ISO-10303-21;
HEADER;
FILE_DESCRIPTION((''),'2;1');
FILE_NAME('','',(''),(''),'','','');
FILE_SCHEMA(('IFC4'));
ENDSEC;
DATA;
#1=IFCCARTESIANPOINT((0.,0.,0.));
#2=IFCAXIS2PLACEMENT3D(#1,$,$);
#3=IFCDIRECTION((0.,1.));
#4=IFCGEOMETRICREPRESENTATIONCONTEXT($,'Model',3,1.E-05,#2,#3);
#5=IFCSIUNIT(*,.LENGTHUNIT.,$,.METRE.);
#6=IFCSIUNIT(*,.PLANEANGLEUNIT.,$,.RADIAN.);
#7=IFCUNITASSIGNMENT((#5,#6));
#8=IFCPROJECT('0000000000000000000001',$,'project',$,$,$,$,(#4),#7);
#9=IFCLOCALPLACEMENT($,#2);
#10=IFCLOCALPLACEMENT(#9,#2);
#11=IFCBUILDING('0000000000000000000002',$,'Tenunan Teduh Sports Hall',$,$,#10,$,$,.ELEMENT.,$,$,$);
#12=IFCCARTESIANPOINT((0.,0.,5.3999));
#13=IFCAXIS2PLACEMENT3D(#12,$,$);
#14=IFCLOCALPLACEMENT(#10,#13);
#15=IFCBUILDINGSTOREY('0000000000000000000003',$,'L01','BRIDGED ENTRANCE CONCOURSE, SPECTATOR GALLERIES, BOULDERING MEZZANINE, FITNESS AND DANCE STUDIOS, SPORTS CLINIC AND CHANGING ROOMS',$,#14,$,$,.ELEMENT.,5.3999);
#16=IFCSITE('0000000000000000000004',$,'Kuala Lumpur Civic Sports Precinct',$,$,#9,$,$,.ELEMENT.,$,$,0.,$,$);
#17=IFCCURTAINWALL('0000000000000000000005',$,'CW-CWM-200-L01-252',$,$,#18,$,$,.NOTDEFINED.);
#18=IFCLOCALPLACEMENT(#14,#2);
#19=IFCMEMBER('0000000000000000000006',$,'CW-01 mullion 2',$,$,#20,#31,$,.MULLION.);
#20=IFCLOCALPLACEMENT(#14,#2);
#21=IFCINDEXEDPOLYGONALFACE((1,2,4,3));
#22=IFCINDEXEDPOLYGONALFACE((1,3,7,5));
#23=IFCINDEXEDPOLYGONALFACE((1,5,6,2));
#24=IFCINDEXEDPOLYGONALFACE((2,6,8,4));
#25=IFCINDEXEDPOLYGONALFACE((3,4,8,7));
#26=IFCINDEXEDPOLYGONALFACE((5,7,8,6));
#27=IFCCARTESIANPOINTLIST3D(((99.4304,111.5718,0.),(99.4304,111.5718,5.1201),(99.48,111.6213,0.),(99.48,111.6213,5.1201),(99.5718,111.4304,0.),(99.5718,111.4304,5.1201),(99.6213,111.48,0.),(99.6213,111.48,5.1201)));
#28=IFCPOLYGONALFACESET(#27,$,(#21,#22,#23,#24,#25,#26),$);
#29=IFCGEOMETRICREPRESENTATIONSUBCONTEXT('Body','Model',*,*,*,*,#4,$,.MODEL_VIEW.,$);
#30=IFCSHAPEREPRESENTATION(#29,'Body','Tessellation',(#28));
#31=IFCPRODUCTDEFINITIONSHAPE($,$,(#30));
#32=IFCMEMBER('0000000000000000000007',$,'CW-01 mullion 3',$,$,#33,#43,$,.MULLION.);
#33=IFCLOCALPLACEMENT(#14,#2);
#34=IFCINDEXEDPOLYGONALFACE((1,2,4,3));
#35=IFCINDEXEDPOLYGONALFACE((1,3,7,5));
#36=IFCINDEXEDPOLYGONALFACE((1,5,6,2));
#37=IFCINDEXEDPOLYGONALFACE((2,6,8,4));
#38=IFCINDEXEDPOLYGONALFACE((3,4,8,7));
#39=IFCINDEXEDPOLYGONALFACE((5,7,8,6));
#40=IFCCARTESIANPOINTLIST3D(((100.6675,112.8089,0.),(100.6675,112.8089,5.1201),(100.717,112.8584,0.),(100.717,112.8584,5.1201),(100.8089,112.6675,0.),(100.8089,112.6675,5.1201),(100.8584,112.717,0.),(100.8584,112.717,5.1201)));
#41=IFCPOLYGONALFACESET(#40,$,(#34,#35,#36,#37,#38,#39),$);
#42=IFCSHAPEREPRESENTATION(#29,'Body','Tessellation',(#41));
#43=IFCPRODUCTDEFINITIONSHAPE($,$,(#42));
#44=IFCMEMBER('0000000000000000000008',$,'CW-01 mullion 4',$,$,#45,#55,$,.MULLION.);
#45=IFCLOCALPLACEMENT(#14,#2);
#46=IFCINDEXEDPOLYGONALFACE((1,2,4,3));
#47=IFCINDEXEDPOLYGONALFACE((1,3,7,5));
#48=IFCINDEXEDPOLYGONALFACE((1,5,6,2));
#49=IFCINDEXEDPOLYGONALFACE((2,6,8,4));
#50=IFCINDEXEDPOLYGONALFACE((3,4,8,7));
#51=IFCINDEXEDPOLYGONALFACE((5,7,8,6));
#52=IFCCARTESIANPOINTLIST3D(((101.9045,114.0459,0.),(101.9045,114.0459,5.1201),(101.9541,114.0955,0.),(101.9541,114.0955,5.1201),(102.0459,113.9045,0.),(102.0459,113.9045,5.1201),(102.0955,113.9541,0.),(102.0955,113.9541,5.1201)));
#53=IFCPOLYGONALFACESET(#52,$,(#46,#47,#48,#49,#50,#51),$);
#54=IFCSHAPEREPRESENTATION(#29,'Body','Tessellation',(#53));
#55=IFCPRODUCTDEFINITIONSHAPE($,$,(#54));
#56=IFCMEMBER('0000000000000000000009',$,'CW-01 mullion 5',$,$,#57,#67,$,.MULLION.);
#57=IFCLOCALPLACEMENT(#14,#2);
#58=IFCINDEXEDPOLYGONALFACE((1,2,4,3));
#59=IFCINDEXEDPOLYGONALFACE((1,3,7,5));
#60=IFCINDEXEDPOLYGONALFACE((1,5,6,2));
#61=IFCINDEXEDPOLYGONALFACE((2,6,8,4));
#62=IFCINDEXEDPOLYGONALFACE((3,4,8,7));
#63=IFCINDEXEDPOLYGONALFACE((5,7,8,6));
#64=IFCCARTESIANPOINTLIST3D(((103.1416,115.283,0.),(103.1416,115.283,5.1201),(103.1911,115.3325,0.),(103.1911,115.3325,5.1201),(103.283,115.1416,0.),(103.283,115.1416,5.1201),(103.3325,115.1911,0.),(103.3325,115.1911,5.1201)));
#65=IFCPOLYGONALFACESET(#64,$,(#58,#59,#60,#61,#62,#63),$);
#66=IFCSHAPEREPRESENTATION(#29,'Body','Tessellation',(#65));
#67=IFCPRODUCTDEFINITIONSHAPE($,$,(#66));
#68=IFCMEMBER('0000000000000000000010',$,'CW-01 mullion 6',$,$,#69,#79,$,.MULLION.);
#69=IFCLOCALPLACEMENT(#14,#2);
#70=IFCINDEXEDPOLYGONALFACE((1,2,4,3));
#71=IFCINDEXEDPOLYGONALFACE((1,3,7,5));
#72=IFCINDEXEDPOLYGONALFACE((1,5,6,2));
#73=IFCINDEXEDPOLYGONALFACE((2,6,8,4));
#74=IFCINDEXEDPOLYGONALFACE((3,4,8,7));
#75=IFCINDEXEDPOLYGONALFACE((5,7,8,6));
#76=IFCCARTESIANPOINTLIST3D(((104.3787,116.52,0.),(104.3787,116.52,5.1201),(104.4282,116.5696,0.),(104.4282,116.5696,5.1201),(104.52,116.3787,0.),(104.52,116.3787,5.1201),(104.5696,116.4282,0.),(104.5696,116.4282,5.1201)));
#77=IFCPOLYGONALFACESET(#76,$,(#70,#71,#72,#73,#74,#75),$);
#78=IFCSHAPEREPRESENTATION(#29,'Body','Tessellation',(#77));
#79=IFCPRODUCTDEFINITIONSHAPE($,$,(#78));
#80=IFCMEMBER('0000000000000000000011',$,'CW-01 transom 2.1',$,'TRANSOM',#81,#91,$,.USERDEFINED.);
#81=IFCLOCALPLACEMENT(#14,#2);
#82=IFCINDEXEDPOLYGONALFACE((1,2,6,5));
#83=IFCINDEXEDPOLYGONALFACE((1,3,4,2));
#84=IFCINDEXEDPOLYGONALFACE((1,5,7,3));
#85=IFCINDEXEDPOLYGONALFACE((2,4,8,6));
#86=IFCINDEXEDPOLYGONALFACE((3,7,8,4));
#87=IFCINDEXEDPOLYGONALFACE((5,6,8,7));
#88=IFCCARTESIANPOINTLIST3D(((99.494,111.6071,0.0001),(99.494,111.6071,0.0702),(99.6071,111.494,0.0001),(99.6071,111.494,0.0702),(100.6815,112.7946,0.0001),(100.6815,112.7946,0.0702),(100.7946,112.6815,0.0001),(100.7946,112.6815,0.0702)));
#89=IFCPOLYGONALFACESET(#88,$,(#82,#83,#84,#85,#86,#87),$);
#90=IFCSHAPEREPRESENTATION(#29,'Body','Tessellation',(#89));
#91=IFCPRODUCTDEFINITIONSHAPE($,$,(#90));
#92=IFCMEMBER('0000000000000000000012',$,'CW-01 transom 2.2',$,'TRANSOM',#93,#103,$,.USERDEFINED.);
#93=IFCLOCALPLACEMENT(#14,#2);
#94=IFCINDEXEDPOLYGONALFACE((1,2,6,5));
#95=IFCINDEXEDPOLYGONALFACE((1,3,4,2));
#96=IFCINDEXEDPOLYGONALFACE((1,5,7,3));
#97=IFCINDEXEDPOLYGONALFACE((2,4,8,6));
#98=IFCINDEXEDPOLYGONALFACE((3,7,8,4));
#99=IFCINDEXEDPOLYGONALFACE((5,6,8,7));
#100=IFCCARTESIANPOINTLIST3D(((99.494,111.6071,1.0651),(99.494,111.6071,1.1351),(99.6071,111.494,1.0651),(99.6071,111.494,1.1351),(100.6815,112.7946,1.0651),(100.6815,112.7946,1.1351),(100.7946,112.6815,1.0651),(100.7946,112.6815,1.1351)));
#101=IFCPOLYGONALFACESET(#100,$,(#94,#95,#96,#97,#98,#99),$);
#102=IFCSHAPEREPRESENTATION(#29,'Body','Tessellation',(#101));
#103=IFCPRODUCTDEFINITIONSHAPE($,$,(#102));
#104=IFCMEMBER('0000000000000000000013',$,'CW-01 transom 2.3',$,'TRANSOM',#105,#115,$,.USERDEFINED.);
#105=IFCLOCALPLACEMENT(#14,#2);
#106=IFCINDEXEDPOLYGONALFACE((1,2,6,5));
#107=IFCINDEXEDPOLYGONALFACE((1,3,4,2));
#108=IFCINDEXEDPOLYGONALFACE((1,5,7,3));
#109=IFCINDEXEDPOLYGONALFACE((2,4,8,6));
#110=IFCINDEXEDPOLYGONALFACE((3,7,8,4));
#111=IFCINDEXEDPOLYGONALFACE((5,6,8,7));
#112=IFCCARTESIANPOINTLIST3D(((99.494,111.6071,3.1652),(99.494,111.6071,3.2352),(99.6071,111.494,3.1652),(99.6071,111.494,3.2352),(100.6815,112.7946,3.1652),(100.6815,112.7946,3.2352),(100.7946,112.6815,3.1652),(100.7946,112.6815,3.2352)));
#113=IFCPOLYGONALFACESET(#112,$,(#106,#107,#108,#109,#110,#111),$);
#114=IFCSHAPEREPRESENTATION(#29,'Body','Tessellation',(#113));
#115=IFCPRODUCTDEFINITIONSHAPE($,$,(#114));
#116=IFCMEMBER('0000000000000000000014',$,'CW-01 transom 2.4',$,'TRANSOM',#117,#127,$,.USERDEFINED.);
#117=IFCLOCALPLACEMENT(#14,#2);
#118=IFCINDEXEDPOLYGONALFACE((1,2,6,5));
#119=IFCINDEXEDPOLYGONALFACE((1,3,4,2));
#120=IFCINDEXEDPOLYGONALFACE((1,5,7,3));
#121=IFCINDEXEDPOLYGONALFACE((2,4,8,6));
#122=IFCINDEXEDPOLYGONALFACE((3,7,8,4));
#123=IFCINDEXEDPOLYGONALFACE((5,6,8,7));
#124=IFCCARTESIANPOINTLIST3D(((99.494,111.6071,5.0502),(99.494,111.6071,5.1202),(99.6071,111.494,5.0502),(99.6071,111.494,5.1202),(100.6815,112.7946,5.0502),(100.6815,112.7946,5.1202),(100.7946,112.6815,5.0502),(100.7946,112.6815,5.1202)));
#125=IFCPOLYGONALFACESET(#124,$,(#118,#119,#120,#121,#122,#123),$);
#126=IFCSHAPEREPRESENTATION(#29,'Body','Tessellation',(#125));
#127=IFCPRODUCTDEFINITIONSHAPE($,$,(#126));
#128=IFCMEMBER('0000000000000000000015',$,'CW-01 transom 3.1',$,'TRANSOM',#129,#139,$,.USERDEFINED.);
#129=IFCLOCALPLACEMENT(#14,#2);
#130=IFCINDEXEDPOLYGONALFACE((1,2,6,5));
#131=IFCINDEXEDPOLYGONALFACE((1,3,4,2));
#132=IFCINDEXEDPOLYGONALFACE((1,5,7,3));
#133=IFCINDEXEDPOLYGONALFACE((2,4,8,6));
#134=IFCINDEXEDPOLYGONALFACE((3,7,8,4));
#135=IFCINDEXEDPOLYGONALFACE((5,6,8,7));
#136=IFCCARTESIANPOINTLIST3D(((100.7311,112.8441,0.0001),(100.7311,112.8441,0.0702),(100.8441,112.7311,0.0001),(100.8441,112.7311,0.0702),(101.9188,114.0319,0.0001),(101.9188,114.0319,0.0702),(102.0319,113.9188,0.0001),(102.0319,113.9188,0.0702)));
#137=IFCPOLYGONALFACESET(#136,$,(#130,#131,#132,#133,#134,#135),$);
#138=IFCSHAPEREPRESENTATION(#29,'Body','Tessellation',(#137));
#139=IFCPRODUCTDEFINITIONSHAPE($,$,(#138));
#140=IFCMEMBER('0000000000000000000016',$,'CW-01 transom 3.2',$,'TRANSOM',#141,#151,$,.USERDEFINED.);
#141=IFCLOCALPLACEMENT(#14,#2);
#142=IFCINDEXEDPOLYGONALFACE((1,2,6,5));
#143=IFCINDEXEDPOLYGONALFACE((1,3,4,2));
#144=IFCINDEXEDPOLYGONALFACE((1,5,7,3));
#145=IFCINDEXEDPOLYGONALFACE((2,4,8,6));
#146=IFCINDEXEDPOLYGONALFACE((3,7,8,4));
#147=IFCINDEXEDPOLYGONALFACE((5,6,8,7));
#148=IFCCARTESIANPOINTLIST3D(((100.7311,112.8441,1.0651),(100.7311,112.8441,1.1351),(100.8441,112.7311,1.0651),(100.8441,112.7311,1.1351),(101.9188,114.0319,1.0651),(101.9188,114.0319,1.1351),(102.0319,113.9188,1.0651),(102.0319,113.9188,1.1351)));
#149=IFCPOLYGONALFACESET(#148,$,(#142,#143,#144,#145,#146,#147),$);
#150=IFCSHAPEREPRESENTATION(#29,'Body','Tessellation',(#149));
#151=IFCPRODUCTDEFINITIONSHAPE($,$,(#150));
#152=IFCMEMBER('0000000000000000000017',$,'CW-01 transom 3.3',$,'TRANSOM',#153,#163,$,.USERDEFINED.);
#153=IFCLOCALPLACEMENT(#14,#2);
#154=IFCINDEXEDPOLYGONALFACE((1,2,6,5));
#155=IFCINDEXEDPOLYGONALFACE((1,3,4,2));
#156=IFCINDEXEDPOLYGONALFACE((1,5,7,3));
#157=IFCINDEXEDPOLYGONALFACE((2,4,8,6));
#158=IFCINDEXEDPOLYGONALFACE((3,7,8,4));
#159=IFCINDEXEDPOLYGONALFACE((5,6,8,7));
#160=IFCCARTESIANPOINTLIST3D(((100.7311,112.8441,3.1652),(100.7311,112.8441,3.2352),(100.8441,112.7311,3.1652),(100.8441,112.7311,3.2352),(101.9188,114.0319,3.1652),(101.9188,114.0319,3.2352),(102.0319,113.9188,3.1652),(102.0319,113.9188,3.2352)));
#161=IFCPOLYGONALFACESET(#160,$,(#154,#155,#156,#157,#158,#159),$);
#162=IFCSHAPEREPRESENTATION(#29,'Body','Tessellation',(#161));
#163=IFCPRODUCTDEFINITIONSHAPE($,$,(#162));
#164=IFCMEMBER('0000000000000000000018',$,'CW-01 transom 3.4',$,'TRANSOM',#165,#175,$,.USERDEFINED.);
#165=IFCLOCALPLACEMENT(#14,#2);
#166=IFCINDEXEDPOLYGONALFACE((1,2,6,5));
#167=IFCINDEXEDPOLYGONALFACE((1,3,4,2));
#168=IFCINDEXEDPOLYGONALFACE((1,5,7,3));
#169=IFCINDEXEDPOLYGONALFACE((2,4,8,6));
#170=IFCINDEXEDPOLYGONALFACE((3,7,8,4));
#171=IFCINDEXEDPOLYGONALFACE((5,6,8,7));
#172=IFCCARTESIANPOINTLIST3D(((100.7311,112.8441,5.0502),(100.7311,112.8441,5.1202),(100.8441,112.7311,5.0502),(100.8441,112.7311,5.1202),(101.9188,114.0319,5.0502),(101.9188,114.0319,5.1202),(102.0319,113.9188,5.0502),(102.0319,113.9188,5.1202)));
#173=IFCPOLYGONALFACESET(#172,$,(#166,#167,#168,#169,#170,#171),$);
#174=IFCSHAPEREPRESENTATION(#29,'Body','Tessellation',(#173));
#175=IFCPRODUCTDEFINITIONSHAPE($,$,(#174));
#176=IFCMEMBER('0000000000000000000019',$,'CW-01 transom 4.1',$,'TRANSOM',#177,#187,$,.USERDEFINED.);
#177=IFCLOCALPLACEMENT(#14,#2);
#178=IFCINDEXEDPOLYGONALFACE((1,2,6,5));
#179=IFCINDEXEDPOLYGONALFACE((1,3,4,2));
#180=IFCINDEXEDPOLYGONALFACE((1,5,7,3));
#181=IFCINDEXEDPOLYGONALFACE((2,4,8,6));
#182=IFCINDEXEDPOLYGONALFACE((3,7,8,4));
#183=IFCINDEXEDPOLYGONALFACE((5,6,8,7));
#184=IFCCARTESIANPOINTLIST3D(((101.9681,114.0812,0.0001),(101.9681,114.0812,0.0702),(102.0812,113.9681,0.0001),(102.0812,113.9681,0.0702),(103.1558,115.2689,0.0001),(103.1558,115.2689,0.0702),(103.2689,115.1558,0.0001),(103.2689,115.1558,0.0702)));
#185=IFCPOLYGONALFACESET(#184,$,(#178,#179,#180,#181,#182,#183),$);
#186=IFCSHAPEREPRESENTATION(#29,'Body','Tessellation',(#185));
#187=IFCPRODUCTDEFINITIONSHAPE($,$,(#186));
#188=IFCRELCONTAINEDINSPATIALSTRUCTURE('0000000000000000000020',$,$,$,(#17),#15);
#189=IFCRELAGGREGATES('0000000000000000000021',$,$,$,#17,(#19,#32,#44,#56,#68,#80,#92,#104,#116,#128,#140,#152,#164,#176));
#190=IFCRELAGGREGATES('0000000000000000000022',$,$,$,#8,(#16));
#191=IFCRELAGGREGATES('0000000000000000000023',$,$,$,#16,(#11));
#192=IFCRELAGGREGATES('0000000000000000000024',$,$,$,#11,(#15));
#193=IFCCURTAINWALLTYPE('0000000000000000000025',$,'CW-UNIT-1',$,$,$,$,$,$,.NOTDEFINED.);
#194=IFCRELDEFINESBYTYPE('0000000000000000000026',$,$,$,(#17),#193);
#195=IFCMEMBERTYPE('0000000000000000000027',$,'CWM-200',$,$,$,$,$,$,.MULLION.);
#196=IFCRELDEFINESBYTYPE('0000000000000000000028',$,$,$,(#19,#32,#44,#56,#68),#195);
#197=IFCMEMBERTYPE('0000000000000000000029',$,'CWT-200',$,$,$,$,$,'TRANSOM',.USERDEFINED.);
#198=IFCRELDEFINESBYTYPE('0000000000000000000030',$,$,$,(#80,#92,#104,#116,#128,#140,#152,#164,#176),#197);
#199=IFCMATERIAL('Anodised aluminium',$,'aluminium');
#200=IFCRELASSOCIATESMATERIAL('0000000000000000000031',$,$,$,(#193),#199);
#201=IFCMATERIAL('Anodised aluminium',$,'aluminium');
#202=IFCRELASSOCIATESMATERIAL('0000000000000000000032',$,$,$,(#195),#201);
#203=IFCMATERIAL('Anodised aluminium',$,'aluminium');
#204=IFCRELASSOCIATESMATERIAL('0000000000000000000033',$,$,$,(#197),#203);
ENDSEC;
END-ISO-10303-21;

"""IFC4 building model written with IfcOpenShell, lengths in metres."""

from ifc_helpers import new_model, si_unit, direction, frame, origin, origin_2d, place, context, subcontext, project, spatial, rectangle, extrude, material, material_profile, profile_set, type_object, element, aggregate, save


model = new_model("IFC4")

# Units and contexts
model_context = context("Model", 3, precision=1e-05, world=origin(), true_north=direction((0.0, 1.0)))
body_context = subcontext(model_context, "Body", "Model", "MODEL_VIEW")
ifc_project = project(units=[si_unit("LENGTHUNIT", "METRE"), si_unit("PLANEANGLEUNIT", "RADIAN")], contexts=[model_context])

# Site, building, storey
site_placement = place(None, origin())
site = spatial("IfcSite", under=ifc_project, at=site_placement, Name="Kuala Lumpur Civic Sports Precinct", CompositionType="ELEMENT", RefElevation=0.0)
building_placement = place(site_placement, origin())
building = spatial("IfcBuilding", under=site, at=building_placement, Name="Tenunan Teduh Sports Hall", CompositionType="ELEMENT")
storey_placement = place(building_placement, frame((0.0, 0.0, 5.3999)))
storey = spatial("IfcBuildingStorey", under=building, at=storey_placement, Name="L01", Description="BRIDGED ENTRANCE CONCOURSE, SPECTATOR GALLERIES, BOULDERING MEZZANINE, FITNESS AND DANCE STUDIOS, SPORTS CLINIC AND CHANGING ROOMS", CompositionType="ELEMENT", Elevation=5.3999)

# Curtain wall, members
ifc_material_1 = material(Name="Anodised aluminium", Category="aluminium")
curtain_wall_type = type_object("IfcCurtainWallType", Name="CW-UNIT-1", PredefinedType="NOTDEFINED", material=ifc_material_1)
curtain_wall_placement = place(storey_placement, origin())
curtain_wall = element("IfcCurtainWall", 1, at=curtain_wall_placement, inside=storey, type_object=curtain_wall_type, Name="CW-CWM-200-L01-252", PredefinedType="NOTDEFINED")
ifc_material_2 = material(Name="Anodised aluminium", Category="aluminium")
ifc_material_profile_1 = material_profile(ifc_material_2, rectangle(XDim=0.0701, YDim=0.2, at=origin_2d()), Name="CWM 70x200")
ifc_profile_set_1 = profile_set([ifc_material_profile_1], Name="Anodised aluminium")
member_type_1 = type_object("IfcMemberType", Name="CWM-200", PredefinedType="MULLION", material=ifc_profile_set_1)
member_1_placement = place(storey_placement, frame((99.5259, 111.5259, 0.0), z_axis=(0.0, 0.0, 1.0), x_axis=(0.707107, 0.707107, 0.0)))
member_1 = element("IfcMember", 2, at=member_1_placement, type_object=member_type_1, Name="CW-01 mullion 2", PredefinedType="MULLION", context=body_context, shape_type="SweptSolid", body=[
    extrude(rectangle(XDim=0.0701, YDim=0.2, at=origin_2d()), origin(), (0.0, 0.0, 1.0), 5.1201),
])
member_2_placement = place(storey_placement, frame((100.7629, 112.7629, 0.0), z_axis=(0.0, 0.0, 1.0), x_axis=(0.707107, 0.707107, 0.0)))
member_2 = element("IfcMember", 3, at=member_2_placement, type_object=member_type_1, Name="CW-01 mullion 3", PredefinedType="MULLION", context=body_context, shape_type="SweptSolid", body=[
    extrude(rectangle(XDim=0.0701, YDim=0.2, at=origin_2d()), origin(), (0.0, 0.0, 1.0), 5.1201),
])
member_3_placement = place(storey_placement, frame((102.0, 114.0, 0.0), z_axis=(0.0, 0.0, 1.0), x_axis=(0.707107, 0.707107, 0.0)))
member_3 = element("IfcMember", 4, at=member_3_placement, type_object=member_type_1, Name="CW-01 mullion 4", PredefinedType="MULLION", context=body_context, shape_type="SweptSolid", body=[
    extrude(rectangle(XDim=0.0701, YDim=0.2, at=origin_2d()), origin(), (0.0, 0.0, 1.0), 5.1201),
])
member_4_placement = place(storey_placement, frame((103.2371, 115.2371, 0.0), z_axis=(0.0, 0.0, 1.0), x_axis=(0.707107, 0.707107, 0.0)))
member_4 = element("IfcMember", 5, at=member_4_placement, type_object=member_type_1, Name="CW-01 mullion 5", PredefinedType="MULLION", context=body_context, shape_type="SweptSolid", body=[
    extrude(rectangle(XDim=0.0701, YDim=0.2, at=origin_2d()), origin(), (0.0, 0.0, 1.0), 5.1201),
])
member_5_placement = place(storey_placement, frame((104.4741, 116.4741, 0.0), z_axis=(0.0, 0.0, 1.0), x_axis=(0.707107, 0.707107, 0.0)))
member_5 = element("IfcMember", 6, at=member_5_placement, type_object=member_type_1, Name="CW-01 mullion 6", PredefinedType="MULLION", context=body_context, shape_type="SweptSolid", body=[
    extrude(rectangle(XDim=0.0701, YDim=0.2, at=origin_2d()), origin(), (0.0, 0.0, 1.0), 5.1201),
])
ifc_material_3 = material(Name="Anodised aluminium", Category="aluminium")
ifc_material_profile_2 = material_profile(ifc_material_3, rectangle(XDim=0.0701, YDim=0.1599, at=origin_2d()), Name="CWT 70x160")
ifc_profile_set_2 = profile_set([ifc_material_profile_2], Name="Anodised aluminium")
member_type_2 = type_object("IfcMemberType", Name="CWT-200", ElementType="TRANSOM", PredefinedType="USERDEFINED", material=ifc_profile_set_2)
member_6_placement = place(storey_placement, frame((99.5505, 111.5505, 0.0352), z_axis=(0.707107, 0.707107, 0.0), x_axis=(0.0, 0.0, 1.0)))
member_6 = element("IfcMember", 7, at=member_6_placement, type_object=member_type_2, Name="CW-01 transom 2.1", ObjectType="TRANSOM", PredefinedType="USERDEFINED", context=body_context, shape_type="SweptSolid", body=[
    extrude(rectangle(XDim=0.0701, YDim=0.1599, at=origin_2d()), origin(), (0.0, 0.0, 1.0), 1.6794),
])
member_7_placement = place(storey_placement, frame((99.5505, 111.5505, 1.1001), z_axis=(0.707107, 0.707107, 0.0), x_axis=(0.0, 0.0, 1.0)))
member_7 = element("IfcMember", 8, at=member_7_placement, type_object=member_type_2, Name="CW-01 transom 2.2", ObjectType="TRANSOM", PredefinedType="USERDEFINED", context=body_context, shape_type="SweptSolid", body=[
    extrude(rectangle(XDim=0.0701, YDim=0.1599, at=origin_2d()), origin(), (0.0, 0.0, 1.0), 1.6794),
])
member_8_placement = place(storey_placement, frame((99.5505, 111.5505, 3.2002), z_axis=(0.707107, 0.707107, 0.0), x_axis=(0.0, 0.0, 1.0)))
member_8 = element("IfcMember", 9, at=member_8_placement, type_object=member_type_2, Name="CW-01 transom 2.3", ObjectType="TRANSOM", PredefinedType="USERDEFINED", context=body_context, shape_type="SweptSolid", body=[
    extrude(rectangle(XDim=0.0701, YDim=0.1599, at=origin_2d()), origin(), (0.0, 0.0, 1.0), 1.6794),
])
member_9_placement = place(storey_placement, frame((99.5505, 111.5505, 5.0852), z_axis=(0.707107, 0.707107, 0.0), x_axis=(0.0, 0.0, 1.0)))
member_9 = element("IfcMember", 10, at=member_9_placement, type_object=member_type_2, Name="CW-01 transom 2.4", ObjectType="TRANSOM", PredefinedType="USERDEFINED", context=body_context, shape_type="SweptSolid", body=[
    extrude(rectangle(XDim=0.0701, YDim=0.1599, at=origin_2d()), origin(), (0.0, 0.0, 1.0), 1.6794),
])
member_10_placement = place(storey_placement, frame((100.7876, 112.7876, 0.0352), z_axis=(0.707107, 0.707107, 0.0), x_axis=(0.0, 0.0, 1.0)))
member_10 = element("IfcMember", 11, at=member_10_placement, type_object=member_type_2, Name="CW-01 transom 3.1", ObjectType="TRANSOM", PredefinedType="USERDEFINED", context=body_context, shape_type="SweptSolid", body=[
    extrude(rectangle(XDim=0.0701, YDim=0.1599, at=origin_2d()), origin(), (0.0, 0.0, 1.0), 1.6797),
])
member_11_placement = place(storey_placement, frame((100.7876, 112.7876, 1.1001), z_axis=(0.707107, 0.707107, 0.0), x_axis=(0.0, 0.0, 1.0)))
member_11 = element("IfcMember", 12, at=member_11_placement, type_object=member_type_2, Name="CW-01 transom 3.2", ObjectType="TRANSOM", PredefinedType="USERDEFINED", context=body_context, shape_type="SweptSolid", body=[
    extrude(rectangle(XDim=0.0701, YDim=0.1599, at=origin_2d()), origin(), (0.0, 0.0, 1.0), 1.6797),
])
member_12_placement = place(storey_placement, frame((100.7876, 112.7876, 3.2002), z_axis=(0.707107, 0.707107, 0.0), x_axis=(0.0, 0.0, 1.0)))
member_12 = element("IfcMember", 13, at=member_12_placement, type_object=member_type_2, Name="CW-01 transom 3.3", ObjectType="TRANSOM", PredefinedType="USERDEFINED", context=body_context, shape_type="SweptSolid", body=[
    extrude(rectangle(XDim=0.0701, YDim=0.1599, at=origin_2d()), origin(), (0.0, 0.0, 1.0), 1.6797),
])
member_13_placement = place(storey_placement, frame((100.7876, 112.7876, 5.0852), z_axis=(0.707107, 0.707107, 0.0), x_axis=(0.0, 0.0, 1.0)))
member_13 = element("IfcMember", 14, at=member_13_placement, type_object=member_type_2, Name="CW-01 transom 3.4", ObjectType="TRANSOM", PredefinedType="USERDEFINED", context=body_context, shape_type="SweptSolid", body=[
    extrude(rectangle(XDim=0.0701, YDim=0.1599, at=origin_2d()), origin(), (0.0, 0.0, 1.0), 1.6797),
])
member_14_placement = place(storey_placement, frame((102.0247, 114.0247, 0.0352), z_axis=(0.707107, 0.707107, 0.0), x_axis=(0.0, 0.0, 1.0)))
member_14 = element("IfcMember", 15, at=member_14_placement, type_object=member_type_2, Name="CW-01 transom 4.1", ObjectType="TRANSOM", PredefinedType="USERDEFINED", context=body_context, shape_type="SweptSolid", body=[
    extrude(rectangle(XDim=0.0701, YDim=0.1599, at=origin_2d()), origin(), (0.0, 0.0, 1.0), 1.6797),
])
aggregate(curtain_wall, [member_1, member_2, member_3, member_4, member_5, member_6, member_7, member_8, member_9, member_10, member_11, member_12, member_13, member_14])

save(model, "model.ifc")
